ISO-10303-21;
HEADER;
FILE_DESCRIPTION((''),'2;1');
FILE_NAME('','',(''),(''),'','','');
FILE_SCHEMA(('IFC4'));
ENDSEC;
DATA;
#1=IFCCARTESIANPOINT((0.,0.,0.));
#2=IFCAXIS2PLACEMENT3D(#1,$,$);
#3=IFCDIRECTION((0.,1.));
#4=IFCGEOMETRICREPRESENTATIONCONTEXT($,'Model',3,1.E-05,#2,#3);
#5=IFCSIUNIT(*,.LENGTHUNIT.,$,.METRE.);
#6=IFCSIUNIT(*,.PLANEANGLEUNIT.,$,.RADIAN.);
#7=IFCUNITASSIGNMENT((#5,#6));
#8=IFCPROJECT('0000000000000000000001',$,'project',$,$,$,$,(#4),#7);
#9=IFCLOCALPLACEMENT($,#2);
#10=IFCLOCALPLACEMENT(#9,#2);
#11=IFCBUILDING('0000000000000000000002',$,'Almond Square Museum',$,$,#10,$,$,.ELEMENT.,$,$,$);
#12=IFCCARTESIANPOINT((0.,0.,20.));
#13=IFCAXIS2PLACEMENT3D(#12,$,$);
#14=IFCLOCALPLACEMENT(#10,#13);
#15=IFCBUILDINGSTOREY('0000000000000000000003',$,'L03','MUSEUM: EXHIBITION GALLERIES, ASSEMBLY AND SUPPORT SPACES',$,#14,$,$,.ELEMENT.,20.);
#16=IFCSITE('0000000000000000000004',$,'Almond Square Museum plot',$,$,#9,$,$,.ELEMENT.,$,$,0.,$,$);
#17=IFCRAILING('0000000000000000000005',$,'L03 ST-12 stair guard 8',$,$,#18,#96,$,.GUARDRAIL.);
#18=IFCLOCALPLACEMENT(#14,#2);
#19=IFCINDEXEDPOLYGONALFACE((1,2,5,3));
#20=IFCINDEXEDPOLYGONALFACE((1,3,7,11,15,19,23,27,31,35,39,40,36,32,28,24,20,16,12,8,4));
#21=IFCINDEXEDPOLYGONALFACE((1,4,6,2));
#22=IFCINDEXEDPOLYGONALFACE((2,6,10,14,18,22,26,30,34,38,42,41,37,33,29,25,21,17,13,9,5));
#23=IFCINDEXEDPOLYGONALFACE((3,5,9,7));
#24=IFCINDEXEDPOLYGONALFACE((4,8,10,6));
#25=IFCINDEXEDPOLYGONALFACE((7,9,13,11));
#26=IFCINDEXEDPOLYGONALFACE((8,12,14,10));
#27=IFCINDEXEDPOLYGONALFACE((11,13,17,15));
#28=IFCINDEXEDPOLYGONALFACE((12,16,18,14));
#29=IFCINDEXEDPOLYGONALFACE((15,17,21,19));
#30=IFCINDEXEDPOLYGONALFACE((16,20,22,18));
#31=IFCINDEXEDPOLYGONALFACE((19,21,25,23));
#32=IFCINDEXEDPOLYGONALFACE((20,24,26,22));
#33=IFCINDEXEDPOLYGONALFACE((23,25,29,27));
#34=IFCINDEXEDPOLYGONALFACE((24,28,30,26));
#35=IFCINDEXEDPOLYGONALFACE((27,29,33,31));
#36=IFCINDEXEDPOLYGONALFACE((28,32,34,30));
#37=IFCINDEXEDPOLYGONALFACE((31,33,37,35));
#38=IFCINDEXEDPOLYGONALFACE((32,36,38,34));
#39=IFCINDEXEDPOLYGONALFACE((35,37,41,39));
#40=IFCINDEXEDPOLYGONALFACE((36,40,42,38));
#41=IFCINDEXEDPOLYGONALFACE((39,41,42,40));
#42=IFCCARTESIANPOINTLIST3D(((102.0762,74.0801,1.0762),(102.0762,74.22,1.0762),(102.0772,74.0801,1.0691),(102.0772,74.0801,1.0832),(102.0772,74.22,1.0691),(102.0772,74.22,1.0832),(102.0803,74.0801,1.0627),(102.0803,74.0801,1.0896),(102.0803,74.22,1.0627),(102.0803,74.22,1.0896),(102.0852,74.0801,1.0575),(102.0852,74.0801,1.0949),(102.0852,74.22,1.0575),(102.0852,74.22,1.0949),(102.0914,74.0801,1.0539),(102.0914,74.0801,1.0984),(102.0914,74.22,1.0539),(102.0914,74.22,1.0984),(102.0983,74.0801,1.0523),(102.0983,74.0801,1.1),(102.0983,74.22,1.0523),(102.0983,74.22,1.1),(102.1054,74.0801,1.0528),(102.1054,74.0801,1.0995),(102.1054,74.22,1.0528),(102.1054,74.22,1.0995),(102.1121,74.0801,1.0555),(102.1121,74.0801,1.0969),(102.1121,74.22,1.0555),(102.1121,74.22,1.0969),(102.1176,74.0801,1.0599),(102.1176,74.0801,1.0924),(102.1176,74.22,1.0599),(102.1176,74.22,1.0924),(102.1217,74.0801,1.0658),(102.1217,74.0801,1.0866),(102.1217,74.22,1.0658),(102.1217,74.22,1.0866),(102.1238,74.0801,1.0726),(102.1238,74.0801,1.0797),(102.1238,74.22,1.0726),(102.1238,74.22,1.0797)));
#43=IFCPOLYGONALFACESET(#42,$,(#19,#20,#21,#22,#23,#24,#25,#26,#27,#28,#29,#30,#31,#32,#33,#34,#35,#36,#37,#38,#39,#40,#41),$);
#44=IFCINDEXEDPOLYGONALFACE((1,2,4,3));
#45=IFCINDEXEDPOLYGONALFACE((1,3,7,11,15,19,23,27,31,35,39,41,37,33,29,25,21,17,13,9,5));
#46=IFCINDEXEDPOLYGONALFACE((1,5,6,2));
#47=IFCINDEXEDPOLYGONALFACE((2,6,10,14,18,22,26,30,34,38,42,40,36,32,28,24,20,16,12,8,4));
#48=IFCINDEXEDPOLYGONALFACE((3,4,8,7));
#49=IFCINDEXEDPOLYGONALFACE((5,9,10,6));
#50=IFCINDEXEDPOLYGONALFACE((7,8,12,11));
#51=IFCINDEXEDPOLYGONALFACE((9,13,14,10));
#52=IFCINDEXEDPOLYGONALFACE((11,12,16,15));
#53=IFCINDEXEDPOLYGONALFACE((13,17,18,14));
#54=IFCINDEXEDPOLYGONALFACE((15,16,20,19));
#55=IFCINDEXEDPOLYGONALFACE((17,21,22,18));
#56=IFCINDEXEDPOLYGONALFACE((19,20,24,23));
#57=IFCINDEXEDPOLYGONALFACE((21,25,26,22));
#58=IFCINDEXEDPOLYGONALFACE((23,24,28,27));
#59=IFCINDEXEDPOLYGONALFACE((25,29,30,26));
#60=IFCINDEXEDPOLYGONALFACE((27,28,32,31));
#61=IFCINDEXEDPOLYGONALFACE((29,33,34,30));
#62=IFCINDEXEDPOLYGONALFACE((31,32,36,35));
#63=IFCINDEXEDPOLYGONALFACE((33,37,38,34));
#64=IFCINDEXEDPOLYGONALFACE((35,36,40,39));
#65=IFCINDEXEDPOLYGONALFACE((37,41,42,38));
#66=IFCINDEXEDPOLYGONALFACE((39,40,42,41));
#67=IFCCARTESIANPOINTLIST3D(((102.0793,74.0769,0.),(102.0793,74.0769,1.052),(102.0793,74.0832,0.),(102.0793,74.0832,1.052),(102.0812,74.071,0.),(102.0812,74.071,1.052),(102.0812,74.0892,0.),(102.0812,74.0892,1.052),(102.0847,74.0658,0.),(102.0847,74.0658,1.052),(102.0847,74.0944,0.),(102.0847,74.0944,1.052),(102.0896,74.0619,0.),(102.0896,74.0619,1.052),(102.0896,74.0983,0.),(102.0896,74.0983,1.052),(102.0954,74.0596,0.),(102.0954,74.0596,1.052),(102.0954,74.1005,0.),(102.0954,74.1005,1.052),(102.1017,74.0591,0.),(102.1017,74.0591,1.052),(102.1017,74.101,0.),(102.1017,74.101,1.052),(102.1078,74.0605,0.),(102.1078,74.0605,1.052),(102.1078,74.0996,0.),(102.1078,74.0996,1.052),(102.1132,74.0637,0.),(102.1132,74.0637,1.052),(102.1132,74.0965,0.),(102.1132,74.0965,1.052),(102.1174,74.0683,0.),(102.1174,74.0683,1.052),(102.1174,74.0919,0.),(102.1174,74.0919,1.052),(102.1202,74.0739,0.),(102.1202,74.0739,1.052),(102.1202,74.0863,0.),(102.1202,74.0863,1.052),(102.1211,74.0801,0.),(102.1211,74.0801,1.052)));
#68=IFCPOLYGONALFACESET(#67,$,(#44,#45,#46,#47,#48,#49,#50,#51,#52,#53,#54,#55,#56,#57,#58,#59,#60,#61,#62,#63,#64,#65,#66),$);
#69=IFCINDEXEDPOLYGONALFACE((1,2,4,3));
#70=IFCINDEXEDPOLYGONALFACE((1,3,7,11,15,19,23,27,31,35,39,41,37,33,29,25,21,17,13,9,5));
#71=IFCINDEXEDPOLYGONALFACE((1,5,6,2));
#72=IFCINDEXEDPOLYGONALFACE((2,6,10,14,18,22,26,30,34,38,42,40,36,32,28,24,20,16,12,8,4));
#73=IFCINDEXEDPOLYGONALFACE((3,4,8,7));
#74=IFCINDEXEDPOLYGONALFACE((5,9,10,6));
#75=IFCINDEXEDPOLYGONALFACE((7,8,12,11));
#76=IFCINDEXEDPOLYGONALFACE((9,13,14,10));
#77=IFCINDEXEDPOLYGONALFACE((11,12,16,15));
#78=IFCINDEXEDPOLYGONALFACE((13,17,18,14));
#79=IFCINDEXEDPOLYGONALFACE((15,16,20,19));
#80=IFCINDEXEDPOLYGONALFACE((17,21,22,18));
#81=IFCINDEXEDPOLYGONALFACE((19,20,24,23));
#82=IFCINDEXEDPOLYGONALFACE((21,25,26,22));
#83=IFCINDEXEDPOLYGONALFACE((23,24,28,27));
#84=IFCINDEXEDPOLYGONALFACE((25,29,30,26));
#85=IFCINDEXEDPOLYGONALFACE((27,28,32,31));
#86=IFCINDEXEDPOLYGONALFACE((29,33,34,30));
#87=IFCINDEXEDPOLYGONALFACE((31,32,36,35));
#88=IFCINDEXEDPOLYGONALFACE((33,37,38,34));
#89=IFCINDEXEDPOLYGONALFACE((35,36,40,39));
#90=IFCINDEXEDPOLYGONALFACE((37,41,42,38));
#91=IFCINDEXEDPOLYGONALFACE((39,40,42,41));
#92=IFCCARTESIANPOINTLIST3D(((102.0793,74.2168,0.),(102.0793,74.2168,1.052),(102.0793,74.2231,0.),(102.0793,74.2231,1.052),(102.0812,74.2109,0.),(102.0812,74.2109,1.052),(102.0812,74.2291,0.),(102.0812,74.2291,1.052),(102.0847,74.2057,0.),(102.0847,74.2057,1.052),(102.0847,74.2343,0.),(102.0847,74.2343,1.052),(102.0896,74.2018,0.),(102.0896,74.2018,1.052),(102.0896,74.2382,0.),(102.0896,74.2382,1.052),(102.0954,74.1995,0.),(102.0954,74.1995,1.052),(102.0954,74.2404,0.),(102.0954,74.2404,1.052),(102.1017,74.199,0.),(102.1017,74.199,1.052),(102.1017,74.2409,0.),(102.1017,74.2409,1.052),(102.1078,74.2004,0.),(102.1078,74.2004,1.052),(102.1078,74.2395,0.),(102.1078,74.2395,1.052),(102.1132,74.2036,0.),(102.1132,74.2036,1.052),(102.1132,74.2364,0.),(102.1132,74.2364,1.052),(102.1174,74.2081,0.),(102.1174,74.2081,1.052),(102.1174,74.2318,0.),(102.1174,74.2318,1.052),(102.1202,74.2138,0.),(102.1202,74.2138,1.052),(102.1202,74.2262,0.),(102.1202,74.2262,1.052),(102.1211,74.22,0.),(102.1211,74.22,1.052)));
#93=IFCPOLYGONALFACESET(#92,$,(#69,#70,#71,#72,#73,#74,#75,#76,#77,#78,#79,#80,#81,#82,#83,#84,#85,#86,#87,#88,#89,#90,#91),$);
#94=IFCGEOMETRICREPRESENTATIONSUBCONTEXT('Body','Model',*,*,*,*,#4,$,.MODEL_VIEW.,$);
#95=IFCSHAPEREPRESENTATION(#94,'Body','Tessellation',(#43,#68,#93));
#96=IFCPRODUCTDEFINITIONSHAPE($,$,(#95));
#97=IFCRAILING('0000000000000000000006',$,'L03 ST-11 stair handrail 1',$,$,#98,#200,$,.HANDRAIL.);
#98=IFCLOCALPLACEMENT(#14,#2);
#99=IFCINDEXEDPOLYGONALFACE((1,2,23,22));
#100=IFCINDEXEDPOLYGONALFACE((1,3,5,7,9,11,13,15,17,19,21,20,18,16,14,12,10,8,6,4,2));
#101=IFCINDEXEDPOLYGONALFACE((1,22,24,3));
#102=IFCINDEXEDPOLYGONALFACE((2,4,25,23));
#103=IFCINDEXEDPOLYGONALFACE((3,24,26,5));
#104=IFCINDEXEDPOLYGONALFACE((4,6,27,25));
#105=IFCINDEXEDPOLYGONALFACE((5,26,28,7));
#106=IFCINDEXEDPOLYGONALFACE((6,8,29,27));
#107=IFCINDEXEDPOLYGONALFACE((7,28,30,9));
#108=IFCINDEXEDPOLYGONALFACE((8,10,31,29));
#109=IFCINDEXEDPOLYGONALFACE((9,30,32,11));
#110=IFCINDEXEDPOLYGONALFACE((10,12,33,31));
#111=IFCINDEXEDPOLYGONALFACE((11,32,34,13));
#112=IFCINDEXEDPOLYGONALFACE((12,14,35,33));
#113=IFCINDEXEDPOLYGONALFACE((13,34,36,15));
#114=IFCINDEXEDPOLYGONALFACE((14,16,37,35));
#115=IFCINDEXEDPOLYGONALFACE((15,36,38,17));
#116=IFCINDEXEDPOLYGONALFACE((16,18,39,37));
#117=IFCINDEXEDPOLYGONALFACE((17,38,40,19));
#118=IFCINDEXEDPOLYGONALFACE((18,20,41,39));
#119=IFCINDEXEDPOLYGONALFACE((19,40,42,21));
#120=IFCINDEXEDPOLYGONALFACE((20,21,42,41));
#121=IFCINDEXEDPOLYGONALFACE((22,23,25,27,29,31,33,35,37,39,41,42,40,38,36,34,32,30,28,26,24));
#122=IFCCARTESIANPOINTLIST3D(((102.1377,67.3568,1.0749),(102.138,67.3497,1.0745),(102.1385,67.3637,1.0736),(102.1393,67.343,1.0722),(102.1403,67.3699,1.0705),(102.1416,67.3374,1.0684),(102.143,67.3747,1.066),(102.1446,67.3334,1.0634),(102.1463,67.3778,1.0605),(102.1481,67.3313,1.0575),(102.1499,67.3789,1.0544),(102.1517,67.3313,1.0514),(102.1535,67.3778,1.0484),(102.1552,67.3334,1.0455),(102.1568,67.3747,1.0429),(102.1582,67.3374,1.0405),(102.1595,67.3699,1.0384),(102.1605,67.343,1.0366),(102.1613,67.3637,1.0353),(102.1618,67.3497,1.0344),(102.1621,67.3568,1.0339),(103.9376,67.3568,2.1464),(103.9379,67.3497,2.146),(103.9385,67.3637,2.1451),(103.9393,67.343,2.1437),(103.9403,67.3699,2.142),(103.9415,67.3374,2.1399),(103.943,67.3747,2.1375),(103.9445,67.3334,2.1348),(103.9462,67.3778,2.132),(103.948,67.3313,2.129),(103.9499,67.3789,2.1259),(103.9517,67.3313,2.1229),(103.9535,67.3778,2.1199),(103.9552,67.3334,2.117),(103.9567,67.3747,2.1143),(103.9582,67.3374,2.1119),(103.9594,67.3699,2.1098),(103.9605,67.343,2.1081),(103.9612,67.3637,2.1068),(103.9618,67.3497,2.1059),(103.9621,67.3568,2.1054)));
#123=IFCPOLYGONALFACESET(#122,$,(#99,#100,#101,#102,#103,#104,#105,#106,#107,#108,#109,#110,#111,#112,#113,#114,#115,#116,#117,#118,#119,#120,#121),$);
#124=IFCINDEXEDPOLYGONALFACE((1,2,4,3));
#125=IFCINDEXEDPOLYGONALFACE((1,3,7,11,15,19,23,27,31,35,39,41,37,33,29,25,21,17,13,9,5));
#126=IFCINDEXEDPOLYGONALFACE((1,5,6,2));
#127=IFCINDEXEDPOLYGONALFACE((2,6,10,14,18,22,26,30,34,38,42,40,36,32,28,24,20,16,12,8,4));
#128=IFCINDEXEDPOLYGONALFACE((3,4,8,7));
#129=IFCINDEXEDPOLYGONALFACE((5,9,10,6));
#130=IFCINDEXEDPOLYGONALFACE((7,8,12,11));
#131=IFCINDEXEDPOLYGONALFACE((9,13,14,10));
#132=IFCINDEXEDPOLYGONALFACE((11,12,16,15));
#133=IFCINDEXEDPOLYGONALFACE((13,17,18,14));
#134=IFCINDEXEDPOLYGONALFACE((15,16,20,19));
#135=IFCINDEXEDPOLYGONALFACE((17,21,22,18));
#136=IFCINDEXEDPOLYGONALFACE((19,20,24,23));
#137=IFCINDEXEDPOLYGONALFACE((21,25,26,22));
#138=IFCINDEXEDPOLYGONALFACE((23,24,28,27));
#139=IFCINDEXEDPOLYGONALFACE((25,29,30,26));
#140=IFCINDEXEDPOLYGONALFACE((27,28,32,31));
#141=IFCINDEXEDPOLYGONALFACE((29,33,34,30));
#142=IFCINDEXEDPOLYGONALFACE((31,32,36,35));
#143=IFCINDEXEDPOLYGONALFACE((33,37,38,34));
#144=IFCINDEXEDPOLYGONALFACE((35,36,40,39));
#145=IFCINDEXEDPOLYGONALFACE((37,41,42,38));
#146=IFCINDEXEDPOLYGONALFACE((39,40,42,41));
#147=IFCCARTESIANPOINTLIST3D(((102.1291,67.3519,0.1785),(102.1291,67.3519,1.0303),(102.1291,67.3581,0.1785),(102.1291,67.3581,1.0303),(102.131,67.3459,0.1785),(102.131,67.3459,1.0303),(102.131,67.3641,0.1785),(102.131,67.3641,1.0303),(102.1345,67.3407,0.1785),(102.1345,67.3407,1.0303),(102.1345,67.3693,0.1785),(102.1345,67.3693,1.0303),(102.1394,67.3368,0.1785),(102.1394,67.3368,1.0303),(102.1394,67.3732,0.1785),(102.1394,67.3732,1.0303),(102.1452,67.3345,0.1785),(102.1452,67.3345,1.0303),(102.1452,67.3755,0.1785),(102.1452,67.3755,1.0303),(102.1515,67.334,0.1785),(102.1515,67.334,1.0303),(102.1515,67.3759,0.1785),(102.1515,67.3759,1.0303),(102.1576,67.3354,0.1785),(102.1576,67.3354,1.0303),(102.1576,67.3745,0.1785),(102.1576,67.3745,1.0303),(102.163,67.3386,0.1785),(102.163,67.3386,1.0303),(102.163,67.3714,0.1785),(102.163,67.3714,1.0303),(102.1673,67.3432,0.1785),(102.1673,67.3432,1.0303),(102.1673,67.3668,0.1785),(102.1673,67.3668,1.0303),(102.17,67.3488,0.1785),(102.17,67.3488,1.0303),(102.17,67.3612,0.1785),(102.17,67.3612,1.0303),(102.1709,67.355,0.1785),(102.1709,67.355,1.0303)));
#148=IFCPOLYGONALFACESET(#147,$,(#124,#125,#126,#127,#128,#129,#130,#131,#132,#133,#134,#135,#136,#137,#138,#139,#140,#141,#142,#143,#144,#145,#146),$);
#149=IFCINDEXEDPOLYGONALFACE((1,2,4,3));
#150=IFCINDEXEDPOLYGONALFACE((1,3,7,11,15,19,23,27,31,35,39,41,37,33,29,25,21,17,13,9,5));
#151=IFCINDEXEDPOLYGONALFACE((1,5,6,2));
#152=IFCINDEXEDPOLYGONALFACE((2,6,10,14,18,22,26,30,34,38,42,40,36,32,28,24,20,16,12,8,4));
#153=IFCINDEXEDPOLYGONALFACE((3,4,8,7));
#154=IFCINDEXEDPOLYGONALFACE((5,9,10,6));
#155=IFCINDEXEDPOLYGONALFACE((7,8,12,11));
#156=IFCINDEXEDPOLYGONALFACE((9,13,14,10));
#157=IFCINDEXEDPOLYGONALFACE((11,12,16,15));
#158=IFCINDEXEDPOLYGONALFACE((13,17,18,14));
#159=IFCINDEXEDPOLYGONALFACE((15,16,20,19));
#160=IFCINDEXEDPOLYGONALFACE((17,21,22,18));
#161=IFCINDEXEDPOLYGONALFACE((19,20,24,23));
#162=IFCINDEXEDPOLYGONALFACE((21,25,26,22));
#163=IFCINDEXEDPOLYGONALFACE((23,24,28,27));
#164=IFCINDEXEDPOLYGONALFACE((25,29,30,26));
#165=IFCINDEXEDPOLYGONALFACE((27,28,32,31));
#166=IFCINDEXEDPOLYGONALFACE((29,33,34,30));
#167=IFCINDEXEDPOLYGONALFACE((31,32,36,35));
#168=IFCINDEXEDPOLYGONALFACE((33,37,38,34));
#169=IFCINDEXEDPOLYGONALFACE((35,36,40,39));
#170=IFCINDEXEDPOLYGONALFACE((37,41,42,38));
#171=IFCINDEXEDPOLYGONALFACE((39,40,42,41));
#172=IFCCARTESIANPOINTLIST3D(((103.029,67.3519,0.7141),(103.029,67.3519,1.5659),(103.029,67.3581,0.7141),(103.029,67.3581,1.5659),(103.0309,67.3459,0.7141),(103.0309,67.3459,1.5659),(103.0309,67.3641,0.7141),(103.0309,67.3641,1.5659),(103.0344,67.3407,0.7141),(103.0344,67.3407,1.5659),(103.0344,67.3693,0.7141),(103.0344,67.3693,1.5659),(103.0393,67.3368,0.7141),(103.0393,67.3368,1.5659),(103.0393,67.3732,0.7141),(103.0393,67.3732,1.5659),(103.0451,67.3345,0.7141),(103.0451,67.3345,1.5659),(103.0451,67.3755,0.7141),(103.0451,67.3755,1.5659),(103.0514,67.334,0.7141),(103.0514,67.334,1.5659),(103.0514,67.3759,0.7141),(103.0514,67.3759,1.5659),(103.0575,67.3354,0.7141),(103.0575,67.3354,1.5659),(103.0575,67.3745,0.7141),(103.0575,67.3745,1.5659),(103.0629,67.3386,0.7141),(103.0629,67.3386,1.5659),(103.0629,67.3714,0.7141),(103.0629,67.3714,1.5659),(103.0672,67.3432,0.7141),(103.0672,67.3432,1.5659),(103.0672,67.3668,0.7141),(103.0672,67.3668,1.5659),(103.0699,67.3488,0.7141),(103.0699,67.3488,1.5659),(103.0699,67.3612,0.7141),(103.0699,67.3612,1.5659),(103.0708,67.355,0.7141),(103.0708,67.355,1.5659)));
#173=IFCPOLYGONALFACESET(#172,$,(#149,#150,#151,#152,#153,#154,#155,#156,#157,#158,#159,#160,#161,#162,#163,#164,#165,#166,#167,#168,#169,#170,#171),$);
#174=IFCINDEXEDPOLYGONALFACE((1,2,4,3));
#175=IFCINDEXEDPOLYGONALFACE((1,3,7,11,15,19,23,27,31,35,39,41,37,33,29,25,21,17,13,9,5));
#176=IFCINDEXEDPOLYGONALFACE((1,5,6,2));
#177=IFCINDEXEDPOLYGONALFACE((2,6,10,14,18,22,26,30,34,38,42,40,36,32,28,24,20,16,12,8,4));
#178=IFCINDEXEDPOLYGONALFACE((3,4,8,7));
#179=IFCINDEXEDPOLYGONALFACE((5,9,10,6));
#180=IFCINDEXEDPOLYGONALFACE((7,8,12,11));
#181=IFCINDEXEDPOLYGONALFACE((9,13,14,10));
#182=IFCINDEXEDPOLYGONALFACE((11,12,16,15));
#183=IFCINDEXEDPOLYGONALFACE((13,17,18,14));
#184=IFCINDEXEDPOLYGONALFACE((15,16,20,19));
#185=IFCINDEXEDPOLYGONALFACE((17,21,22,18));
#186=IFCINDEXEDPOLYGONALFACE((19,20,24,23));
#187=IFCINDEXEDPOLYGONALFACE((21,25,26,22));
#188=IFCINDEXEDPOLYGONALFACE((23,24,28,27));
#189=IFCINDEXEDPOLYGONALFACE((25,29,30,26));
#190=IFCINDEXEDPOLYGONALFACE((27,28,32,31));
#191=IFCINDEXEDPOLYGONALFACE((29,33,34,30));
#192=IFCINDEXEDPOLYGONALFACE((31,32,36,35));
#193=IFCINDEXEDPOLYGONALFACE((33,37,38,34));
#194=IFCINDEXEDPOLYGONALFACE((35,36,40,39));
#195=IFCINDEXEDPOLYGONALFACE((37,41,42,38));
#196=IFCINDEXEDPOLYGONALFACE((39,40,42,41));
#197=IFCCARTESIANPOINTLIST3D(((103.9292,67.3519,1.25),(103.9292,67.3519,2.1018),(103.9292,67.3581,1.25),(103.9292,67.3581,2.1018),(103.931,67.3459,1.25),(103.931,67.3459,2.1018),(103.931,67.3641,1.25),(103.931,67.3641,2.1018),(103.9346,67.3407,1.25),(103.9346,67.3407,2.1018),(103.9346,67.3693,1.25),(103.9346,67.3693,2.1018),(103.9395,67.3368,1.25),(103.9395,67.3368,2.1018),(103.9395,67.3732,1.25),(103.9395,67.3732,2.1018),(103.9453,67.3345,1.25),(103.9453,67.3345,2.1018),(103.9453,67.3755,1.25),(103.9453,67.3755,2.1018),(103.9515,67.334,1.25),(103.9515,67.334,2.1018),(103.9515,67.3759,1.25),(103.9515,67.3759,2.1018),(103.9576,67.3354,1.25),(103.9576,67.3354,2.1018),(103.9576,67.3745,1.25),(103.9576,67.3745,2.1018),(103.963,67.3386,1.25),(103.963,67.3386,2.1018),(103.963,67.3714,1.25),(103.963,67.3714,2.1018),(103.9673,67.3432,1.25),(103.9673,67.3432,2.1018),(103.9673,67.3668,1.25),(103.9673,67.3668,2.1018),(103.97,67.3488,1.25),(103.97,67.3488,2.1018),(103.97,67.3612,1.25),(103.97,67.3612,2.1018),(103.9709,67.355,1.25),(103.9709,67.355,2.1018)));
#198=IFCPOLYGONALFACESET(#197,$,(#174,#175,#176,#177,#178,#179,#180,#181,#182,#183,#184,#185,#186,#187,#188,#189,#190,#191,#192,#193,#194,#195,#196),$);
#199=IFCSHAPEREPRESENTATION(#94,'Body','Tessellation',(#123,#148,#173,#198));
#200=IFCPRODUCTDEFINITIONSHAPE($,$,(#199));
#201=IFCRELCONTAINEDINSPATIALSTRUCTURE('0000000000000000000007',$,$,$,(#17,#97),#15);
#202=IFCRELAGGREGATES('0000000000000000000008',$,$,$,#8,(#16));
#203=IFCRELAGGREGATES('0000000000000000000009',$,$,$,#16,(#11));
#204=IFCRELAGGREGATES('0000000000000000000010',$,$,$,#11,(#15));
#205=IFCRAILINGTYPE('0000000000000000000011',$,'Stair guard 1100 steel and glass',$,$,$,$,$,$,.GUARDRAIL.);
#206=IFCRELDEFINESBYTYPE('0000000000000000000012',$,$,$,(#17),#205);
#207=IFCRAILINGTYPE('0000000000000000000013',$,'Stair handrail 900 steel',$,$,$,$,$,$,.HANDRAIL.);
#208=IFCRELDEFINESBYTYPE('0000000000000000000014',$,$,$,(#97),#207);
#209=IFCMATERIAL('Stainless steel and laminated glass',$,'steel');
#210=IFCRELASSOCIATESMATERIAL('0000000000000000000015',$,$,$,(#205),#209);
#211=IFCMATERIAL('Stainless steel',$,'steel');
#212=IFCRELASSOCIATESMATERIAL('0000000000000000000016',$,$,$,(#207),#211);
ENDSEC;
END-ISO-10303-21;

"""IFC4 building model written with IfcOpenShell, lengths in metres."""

from ifc_helpers import new_model, si_unit, direction, frame, origin, origin_2d, place, context, subcontext, project, spatial, circle, extrude, material, type_object, element, save


model = new_model("IFC4")

# Units and contexts
model_context = context("Model", 3, precision=1e-05, world=origin(), true_north=direction((0.0, 1.0)))
body_context = subcontext(model_context, "Body", "Model", "MODEL_VIEW")
ifc_project = project(units=[si_unit("LENGTHUNIT", "METRE"), si_unit("PLANEANGLEUNIT", "RADIAN")], contexts=[model_context])

# Site, building, storey
site_placement = place(None, origin())
site = spatial("IfcSite", under=ifc_project, at=site_placement, Name="Almond Square Museum plot", CompositionType="ELEMENT", RefElevation=0.0)
building_placement = place(site_placement, origin())
building = spatial("IfcBuilding", under=site, at=building_placement, Name="Almond Square Museum", CompositionType="ELEMENT")
storey_placement = place(building_placement, frame((0.0, 0.0, 20.0)))
storey = spatial("IfcBuildingStorey", under=building, at=storey_placement, Name="L03", Description="MUSEUM: EXHIBITION GALLERIES, ASSEMBLY AND SUPPORT SPACES", CompositionType="ELEMENT", Elevation=20.0)

# Railings
ifc_material_1 = material(Name="Stainless steel and laminated glass", Category="steel")
railing_type_1 = type_object("IfcRailingType", Name="Stair guard 1100 steel and glass", PredefinedType="GUARDRAIL", material=ifc_material_1)
for number, where, name in (
    (1, (102.1001, 74.0801, 0.0), "L03 ST-12 stair guard 8"),
):
    element("IfcRailing", number, at=place(storey_placement, frame(where)), inside=storey, type_object=railing_type_1, Name=name, PredefinedType="GUARDRAIL", context=body_context, shape_type="SweptSolid", body=[
        extrude(circle(Radius=0.0239, at=origin_2d()), frame((0.0, 0.0, 1.0762), z_axis=(0.0, 1.0, 0.0), x_axis=(-1.0, 0.0, 0.0)), (0.0, 0.0, 1.0), 0.1399),
        extrude(circle(Radius=0.021, at=origin_2d()), origin(), (0.0, 0.0, 1.0), 1.052),
        extrude(circle(Radius=0.021, at=origin_2d()), frame((0.0, 0.1399, 0.0)), (0.0, 0.0, 1.0), 1.052),
    ])
ifc_material_2 = material(Name="Stainless steel", Category="steel")
railing_type_2 = type_object("IfcRailingType", Name="Stair handrail 900 steel", PredefinedType="HANDRAIL", material=ifc_material_2)
for number, where, name in (
    (2, (102.1499, 67.355, 0.1785), "L03 ST-11 stair handrail 1"),
):
    element("IfcRailing", number, at=place(storey_placement, frame(where)), inside=storey, type_object=railing_type_2, Name=name, PredefinedType="HANDRAIL", context=body_context, shape_type="SweptSolid", body=[
        extrude(circle(Radius=0.0239, at=origin_2d()), frame((0.0, 0.0, 0.876), z_axis=(0.859277, 0.0, 0.51151), x_axis=(0.0, 1.0, 0.0)), (0.0, 0.0, 1.0), 2.0947),
        extrude(circle(Radius=0.021, at=origin_2d()), origin(), (0.0, 0.0, 1.0), 0.8518),
        extrude(circle(Radius=0.021, at=origin_2d()), frame((0.8999, 0.0, 0.5356)), (0.0, 0.0, 1.0), 0.8518),
        extrude(circle(Radius=0.021, at=origin_2d()), frame((1.8, 0.0, 1.0715)), (0.0, 0.0, 1.0), 0.8518),
    ])

save(model, "model.ifc")
